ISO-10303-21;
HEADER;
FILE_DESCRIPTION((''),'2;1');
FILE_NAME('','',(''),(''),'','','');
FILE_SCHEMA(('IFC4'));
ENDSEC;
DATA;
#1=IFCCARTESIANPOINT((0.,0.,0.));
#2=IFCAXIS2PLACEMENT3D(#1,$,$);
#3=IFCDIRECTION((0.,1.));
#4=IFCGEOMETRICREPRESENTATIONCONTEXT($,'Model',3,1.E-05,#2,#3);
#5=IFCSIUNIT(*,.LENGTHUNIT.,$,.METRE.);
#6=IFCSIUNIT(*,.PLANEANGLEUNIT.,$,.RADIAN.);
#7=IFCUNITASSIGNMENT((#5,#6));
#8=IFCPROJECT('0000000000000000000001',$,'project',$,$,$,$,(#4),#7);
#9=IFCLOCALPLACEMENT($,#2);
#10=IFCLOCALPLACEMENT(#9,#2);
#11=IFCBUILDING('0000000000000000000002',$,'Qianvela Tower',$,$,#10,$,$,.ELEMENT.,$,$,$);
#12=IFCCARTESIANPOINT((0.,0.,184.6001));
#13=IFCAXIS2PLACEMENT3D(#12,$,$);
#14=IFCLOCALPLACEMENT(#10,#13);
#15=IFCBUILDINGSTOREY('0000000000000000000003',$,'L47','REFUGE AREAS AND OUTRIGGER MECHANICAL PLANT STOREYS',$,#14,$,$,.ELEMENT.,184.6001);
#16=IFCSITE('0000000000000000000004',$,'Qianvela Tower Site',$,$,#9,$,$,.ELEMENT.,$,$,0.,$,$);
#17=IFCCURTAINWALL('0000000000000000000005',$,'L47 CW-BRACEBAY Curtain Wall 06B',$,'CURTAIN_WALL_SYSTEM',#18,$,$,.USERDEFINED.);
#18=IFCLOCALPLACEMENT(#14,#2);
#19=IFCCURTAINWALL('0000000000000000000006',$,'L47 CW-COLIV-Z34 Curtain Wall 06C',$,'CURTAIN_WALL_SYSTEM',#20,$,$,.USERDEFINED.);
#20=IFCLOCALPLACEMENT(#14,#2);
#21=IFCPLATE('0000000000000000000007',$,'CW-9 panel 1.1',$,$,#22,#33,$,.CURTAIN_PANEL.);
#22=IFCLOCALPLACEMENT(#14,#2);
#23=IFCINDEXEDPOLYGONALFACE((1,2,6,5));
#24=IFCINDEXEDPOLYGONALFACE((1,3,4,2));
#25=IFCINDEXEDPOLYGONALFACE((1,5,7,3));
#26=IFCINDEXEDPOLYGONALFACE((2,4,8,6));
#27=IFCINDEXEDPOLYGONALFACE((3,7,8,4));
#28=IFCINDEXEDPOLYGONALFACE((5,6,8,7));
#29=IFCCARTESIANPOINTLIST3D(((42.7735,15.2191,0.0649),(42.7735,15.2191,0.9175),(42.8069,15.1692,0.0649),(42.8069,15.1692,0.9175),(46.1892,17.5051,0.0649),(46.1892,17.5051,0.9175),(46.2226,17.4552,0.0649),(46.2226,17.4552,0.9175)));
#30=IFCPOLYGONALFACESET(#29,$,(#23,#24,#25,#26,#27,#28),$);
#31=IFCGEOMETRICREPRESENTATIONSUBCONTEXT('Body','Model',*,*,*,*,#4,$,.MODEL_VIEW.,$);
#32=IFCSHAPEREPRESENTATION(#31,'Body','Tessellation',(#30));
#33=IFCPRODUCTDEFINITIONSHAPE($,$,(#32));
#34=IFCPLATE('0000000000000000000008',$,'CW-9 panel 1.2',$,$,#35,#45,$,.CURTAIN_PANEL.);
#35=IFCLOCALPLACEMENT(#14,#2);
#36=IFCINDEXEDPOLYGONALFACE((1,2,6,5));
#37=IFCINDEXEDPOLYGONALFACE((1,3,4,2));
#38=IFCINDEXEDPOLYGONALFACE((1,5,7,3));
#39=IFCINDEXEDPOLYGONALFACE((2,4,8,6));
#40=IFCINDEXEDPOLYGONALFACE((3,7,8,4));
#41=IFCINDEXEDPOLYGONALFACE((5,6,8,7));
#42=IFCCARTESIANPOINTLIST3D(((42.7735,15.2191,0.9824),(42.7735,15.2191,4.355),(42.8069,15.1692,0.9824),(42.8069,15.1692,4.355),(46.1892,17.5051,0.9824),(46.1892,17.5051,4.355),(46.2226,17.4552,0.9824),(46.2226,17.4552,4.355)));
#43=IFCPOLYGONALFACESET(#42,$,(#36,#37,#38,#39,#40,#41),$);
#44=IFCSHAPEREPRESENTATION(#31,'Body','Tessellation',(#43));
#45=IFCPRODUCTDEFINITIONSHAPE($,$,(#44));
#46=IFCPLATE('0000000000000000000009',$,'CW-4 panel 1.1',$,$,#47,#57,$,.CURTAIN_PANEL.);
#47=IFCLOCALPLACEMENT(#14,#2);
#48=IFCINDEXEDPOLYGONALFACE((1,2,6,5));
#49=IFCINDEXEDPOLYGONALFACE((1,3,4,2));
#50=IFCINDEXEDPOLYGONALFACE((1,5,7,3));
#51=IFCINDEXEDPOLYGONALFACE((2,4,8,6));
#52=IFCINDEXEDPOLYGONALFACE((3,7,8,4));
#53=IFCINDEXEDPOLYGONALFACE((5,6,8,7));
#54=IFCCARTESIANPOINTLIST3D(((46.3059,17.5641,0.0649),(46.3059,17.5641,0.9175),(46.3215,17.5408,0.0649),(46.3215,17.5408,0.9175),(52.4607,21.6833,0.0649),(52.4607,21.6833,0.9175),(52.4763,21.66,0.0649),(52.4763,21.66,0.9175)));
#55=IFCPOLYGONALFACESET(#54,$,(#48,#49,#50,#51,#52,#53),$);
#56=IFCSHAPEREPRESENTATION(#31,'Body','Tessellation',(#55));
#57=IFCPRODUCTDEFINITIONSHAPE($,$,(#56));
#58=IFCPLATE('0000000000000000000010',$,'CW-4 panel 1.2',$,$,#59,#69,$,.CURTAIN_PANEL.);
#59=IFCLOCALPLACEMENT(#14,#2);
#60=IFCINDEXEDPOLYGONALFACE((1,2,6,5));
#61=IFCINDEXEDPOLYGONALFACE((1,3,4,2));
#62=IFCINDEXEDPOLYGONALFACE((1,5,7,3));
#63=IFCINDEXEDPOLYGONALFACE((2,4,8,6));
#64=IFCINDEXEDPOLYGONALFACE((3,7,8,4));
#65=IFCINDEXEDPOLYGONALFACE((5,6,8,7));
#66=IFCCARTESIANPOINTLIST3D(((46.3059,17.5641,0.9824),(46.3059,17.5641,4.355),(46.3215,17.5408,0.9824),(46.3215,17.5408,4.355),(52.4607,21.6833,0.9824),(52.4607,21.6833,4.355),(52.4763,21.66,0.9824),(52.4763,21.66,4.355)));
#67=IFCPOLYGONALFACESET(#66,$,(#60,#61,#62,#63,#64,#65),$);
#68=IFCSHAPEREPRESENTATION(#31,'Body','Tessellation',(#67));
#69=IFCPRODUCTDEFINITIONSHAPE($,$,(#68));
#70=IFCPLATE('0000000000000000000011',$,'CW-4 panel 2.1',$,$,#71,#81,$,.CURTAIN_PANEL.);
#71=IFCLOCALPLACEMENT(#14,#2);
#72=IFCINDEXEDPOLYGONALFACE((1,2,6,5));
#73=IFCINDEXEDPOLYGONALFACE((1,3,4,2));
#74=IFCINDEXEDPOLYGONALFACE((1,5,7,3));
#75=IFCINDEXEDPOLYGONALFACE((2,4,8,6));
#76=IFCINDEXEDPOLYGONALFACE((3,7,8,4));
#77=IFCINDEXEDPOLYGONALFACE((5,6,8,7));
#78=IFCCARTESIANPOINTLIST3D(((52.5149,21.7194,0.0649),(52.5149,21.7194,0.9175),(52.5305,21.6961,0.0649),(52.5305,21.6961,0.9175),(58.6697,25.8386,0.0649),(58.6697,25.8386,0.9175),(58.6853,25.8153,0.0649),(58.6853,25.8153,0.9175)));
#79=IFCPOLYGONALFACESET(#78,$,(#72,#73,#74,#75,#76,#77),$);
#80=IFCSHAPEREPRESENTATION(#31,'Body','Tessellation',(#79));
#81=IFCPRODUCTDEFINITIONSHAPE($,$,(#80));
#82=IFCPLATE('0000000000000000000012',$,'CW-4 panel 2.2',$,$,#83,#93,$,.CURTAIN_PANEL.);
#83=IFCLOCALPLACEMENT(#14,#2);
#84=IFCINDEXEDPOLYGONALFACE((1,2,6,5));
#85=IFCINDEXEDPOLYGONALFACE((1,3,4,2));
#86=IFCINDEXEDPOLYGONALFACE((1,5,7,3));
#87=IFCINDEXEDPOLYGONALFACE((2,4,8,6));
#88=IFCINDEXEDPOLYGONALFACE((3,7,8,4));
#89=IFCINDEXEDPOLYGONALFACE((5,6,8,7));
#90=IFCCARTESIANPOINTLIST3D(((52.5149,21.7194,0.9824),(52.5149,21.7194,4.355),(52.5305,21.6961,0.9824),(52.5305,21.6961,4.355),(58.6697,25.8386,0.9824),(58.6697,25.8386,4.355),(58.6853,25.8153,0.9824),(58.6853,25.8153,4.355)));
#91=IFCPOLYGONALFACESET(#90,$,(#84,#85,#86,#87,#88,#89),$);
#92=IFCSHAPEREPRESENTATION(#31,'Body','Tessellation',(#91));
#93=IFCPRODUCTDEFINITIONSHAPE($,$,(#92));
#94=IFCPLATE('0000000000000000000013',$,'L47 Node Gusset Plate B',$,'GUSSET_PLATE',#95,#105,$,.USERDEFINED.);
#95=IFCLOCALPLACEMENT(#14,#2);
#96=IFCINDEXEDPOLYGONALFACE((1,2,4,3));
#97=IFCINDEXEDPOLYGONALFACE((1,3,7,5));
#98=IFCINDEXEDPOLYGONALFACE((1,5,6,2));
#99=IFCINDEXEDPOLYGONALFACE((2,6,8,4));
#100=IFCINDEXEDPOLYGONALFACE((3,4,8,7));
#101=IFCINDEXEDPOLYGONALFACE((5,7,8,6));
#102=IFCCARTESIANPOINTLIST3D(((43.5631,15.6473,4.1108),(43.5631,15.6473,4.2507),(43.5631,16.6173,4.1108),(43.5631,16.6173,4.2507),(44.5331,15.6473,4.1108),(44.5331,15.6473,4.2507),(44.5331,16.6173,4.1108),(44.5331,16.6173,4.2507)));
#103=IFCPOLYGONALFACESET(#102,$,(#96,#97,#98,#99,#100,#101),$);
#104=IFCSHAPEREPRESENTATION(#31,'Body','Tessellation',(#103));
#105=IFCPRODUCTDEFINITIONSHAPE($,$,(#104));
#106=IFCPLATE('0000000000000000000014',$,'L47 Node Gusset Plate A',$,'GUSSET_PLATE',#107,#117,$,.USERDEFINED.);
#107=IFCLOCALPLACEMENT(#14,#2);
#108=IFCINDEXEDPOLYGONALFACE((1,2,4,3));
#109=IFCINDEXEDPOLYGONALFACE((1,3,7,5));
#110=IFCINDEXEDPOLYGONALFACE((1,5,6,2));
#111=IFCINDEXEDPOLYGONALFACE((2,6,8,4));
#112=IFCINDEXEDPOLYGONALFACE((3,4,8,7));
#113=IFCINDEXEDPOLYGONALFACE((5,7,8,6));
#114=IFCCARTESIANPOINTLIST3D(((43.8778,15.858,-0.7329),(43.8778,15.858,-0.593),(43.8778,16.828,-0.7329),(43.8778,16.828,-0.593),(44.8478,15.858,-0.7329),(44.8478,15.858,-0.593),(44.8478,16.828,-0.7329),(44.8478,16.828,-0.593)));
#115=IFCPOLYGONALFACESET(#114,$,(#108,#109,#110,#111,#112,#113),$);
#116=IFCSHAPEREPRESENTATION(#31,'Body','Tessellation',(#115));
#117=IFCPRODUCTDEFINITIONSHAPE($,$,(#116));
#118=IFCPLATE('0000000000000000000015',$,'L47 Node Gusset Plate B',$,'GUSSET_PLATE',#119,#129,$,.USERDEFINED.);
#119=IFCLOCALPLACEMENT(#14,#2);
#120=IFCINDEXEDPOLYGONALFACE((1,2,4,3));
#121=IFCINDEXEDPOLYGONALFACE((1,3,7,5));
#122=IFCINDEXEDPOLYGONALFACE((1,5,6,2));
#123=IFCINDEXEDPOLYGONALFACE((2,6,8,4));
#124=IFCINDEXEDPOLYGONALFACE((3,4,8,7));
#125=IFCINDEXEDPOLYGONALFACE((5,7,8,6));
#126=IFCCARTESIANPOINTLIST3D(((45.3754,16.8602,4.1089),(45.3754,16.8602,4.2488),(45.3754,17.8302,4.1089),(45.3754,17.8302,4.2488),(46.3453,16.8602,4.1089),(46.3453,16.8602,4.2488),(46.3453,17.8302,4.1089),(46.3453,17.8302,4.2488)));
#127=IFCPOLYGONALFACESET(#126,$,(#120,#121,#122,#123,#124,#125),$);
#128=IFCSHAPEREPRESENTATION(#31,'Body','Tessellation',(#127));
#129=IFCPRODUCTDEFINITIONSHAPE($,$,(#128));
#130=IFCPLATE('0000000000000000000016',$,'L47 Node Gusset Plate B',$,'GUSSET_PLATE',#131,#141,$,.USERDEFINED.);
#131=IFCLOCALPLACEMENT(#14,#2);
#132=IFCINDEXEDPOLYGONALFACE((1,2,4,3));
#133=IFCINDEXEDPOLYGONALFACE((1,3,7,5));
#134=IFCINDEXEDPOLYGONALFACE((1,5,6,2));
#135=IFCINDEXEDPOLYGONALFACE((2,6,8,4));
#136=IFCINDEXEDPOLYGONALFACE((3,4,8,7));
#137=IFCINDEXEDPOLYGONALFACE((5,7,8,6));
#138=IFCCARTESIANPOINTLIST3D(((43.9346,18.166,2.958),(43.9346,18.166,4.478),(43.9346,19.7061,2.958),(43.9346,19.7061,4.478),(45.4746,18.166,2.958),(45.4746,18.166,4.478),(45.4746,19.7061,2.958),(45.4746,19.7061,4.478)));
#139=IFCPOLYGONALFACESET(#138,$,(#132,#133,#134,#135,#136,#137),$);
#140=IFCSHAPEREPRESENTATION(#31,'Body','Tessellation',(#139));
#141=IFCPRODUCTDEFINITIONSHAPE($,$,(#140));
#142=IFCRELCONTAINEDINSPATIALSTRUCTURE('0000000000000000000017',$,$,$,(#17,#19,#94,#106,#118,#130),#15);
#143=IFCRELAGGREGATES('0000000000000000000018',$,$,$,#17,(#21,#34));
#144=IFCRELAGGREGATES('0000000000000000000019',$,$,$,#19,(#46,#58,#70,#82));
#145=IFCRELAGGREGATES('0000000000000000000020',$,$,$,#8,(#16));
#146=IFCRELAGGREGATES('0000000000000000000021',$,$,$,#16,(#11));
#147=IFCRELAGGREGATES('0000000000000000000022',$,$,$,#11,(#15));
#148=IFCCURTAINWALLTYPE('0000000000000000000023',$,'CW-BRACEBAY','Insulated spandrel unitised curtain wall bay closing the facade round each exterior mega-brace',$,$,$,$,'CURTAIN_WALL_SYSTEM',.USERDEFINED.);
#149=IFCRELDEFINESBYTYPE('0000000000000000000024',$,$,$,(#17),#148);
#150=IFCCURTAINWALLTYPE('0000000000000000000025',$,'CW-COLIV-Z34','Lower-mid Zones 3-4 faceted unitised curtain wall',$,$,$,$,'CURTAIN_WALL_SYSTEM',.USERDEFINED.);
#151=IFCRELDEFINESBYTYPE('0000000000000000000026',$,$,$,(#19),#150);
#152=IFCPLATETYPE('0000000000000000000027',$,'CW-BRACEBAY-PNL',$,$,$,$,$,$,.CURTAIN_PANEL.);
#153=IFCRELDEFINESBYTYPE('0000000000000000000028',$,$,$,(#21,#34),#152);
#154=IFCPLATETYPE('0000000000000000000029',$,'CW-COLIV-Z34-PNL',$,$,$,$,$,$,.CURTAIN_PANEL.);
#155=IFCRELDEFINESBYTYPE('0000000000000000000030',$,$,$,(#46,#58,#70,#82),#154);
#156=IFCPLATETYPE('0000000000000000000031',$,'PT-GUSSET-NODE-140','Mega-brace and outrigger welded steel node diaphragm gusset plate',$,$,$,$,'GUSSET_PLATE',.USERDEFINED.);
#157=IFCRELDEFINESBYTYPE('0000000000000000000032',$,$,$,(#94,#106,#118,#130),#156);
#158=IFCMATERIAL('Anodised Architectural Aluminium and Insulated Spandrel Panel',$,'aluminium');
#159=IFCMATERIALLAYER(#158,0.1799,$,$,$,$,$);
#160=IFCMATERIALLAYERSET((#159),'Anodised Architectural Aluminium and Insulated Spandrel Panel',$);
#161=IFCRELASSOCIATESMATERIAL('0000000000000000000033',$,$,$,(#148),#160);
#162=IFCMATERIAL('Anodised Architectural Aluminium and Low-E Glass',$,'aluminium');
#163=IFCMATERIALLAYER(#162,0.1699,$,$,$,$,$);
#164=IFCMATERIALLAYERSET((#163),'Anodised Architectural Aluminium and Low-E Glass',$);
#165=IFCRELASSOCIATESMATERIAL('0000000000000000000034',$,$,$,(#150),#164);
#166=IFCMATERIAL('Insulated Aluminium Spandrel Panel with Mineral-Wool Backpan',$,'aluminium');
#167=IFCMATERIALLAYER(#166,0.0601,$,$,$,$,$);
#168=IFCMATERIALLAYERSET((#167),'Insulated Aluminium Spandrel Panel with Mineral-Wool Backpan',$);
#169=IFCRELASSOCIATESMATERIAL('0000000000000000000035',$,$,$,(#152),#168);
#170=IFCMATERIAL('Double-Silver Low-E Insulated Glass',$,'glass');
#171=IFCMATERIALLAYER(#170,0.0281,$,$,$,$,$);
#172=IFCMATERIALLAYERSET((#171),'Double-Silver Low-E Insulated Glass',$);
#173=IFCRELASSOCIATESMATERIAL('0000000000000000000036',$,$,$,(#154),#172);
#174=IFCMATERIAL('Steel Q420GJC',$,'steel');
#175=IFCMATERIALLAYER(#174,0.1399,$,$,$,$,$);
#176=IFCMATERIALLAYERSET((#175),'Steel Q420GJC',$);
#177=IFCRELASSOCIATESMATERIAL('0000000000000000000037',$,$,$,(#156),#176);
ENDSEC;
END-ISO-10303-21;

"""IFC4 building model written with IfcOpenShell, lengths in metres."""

from ifc_helpers import new_model, si_unit, direction, frame, origin, origin_2d, place, context, subcontext, project, spatial, rectangle, extrude, material, layer, layer_set, type_object, element, aggregate, save


model = new_model("IFC4")

# Units and contexts
model_context = context("Model", 3, precision=1e-05, world=origin(), true_north=direction((0.0, 1.0)))
body_context = subcontext(model_context, "Body", "Model", "MODEL_VIEW")
ifc_project = project(units=[si_unit("LENGTHUNIT", "METRE"), si_unit("PLANEANGLEUNIT", "RADIAN")], contexts=[model_context])

# Site, building, storey
site_placement = place(None, origin())
site = spatial("IfcSite", under=ifc_project, at=site_placement, Name="Qianvela Tower Site", CompositionType="ELEMENT", RefElevation=0.0)
building_placement = place(site_placement, origin())
building = spatial("IfcBuilding", under=site, at=building_placement, Name="Qianvela Tower", CompositionType="ELEMENT")
storey_placement = place(building_placement, frame((0.0, 0.0, 184.6001)))
storey = spatial("IfcBuildingStorey", under=building, at=storey_placement, Name="L47", Description="REFUGE AREAS AND OUTRIGGER MECHANICAL PLANT STOREYS", CompositionType="ELEMENT", Elevation=184.6001)

# Curtain wall
ifc_material_1 = material(Name="Anodised Architectural Aluminium and Insulated Spandrel Panel", Category="aluminium")
ifc_layer_1 = layer(ifc_material_1, 0.1799)
ifc_layer_set_1 = layer_set([ifc_layer_1], Name="Anodised Architectural Aluminium and Insulated Spandrel Panel")
curtain_wall_type_1 = type_object("IfcCurtainWallType", Name="CW-BRACEBAY", Description="Insulated spandrel unitised curtain wall bay closing the facade round each exterior mega-brace", ElementType="CURTAIN_WALL_SYSTEM", PredefinedType="USERDEFINED", material=ifc_layer_set_1)
curtain_wall_1_placement = place(storey_placement, origin())
curtain_wall_1 = element("IfcCurtainWall", 1, at=curtain_wall_1_placement, inside=storey, type_object=curtain_wall_type_1, Name="L47 CW-BRACEBAY Curtain Wall 06B", ObjectType="CURTAIN_WALL_SYSTEM", PredefinedType="USERDEFINED")

# Curtain wall
ifc_material_2 = material(Name="Anodised Architectural Aluminium and Low-E Glass", Category="aluminium")
ifc_layer_2 = layer(ifc_material_2, 0.1699)
ifc_layer_set_2 = layer_set([ifc_layer_2], Name="Anodised Architectural Aluminium and Low-E Glass")
curtain_wall_type_2 = type_object("IfcCurtainWallType", Name="CW-COLIV-Z34", Description="Lower-mid Zones 3-4 faceted unitised curtain wall", ElementType="CURTAIN_WALL_SYSTEM", PredefinedType="USERDEFINED", material=ifc_layer_set_2)
curtain_wall_2_placement = place(storey_placement, origin())
curtain_wall_2 = element("IfcCurtainWall", 2, at=curtain_wall_2_placement, inside=storey, type_object=curtain_wall_type_2, Name="L47 CW-COLIV-Z34 Curtain Wall 06C", ObjectType="CURTAIN_WALL_SYSTEM", PredefinedType="USERDEFINED")

# Plates
ifc_material_3 = material(Name="Insulated Aluminium Spandrel Panel with Mineral-Wool Backpan", Category="aluminium")
ifc_layer_3 = layer(ifc_material_3, 0.0601)
ifc_layer_set_3 = layer_set([ifc_layer_3], Name="Insulated Aluminium Spandrel Panel with Mineral-Wool Backpan")
plate_type_1 = type_object("IfcPlateType", Name="CW-BRACEBAY-PNL", PredefinedType="CURTAIN_PANEL", material=ifc_layer_set_3)
plate_1_placement = place(storey_placement, frame((44.498, 16.3372, 0.0649), z_axis=(0.0, 0.0, 1.0), x_axis=(0.831051, 0.556196, 0.0)))
plate_1 = element("IfcPlate", 3, at=plate_1_placement, type_object=plate_type_1, Name="CW-9 panel 1.1", PredefinedType="CURTAIN_PANEL", context=body_context, shape_type="SweptSolid", body=[
    extrude(rectangle(XDim=4.1101, YDim=0.0601, at=origin_2d()), origin(), (0.0, 0.0, 1.0), 0.8525),
])
plate_2_placement = place(storey_placement, frame((44.498, 16.3372, 0.9824), z_axis=(0.0, 0.0, 1.0), x_axis=(0.831051, 0.556196, 0.0)))
plate_2 = element("IfcPlate", 4, at=plate_2_placement, type_object=plate_type_1, Name="CW-9 panel 1.2", PredefinedType="CURTAIN_PANEL", context=body_context, shape_type="SweptSolid", body=[
    extrude(rectangle(XDim=4.1101, YDim=0.0601, at=origin_2d()), origin(), (0.0, 0.0, 1.0), 3.3726),
])
aggregate(curtain_wall_1, [plate_1, plate_2])
ifc_material_4 = material(Name="Double-Silver Low-E Insulated Glass", Category="glass")
ifc_layer_4 = layer(ifc_material_4, 0.0281)
ifc_layer_set_4 = layer_set([ifc_layer_4], Name="Double-Silver Low-E Insulated Glass")
plate_type_2 = type_object("IfcPlateType", Name="CW-COLIV-Z34-PNL", PredefinedType="CURTAIN_PANEL", material=ifc_layer_set_4)
plate_3_placement = place(storey_placement, frame((49.3911, 19.6121, 0.0649), z_axis=(0.0, 0.0, 1.0), x_axis=(0.831052, 0.556194, 0.0)))
plate_3 = element("IfcPlate", 5, at=plate_3_placement, type_object=plate_type_2, Name="CW-4 panel 1.1", PredefinedType="CURTAIN_PANEL", context=body_context, shape_type="SweptSolid", body=[
    extrude(rectangle(XDim=7.406, YDim=0.0281, at=origin_2d()), origin(), (0.0, 0.0, 1.0), 0.8525),
])
plate_4_placement = place(storey_placement, frame((49.3911, 19.6121, 0.9824), z_axis=(0.0, 0.0, 1.0), x_axis=(0.831052, 0.556194, 0.0)))
plate_4 = element("IfcPlate", 6, at=plate_4_placement, type_object=plate_type_2, Name="CW-4 panel 1.2", PredefinedType="CURTAIN_PANEL", context=body_context, shape_type="SweptSolid", body=[
    extrude(rectangle(XDim=7.406, YDim=0.0281, at=origin_2d()), origin(), (0.0, 0.0, 1.0), 3.3726),
])
plate_5_placement = place(storey_placement, frame((55.6001, 23.7673, 0.0649), z_axis=(0.0, 0.0, 1.0), x_axis=(0.831052, 0.556194, 0.0)))
plate_5 = element("IfcPlate", 7, at=plate_5_placement, type_object=plate_type_2, Name="CW-4 panel 2.1", PredefinedType="CURTAIN_PANEL", context=body_context, shape_type="SweptSolid", body=[
    extrude(rectangle(XDim=7.406, YDim=0.0281, at=origin_2d()), origin(), (0.0, 0.0, 1.0), 0.8525),
])
plate_6_placement = place(storey_placement, frame((55.6001, 23.7673, 0.9824), z_axis=(0.0, 0.0, 1.0), x_axis=(0.831052, 0.556194, 0.0)))
plate_6 = element("IfcPlate", 8, at=plate_6_placement, type_object=plate_type_2, Name="CW-4 panel 2.2", PredefinedType="CURTAIN_PANEL", context=body_context, shape_type="SweptSolid", body=[
    extrude(rectangle(XDim=7.406, YDim=0.0281, at=origin_2d()), origin(), (0.0, 0.0, 1.0), 3.3726),
])
aggregate(curtain_wall_2, [plate_3, plate_4, plate_5, plate_6])

# Plates
ifc_material_5 = material(Name="Steel Q420GJC", Category="steel")
ifc_layer_5 = layer(ifc_material_5, 0.1399)
ifc_layer_set_5 = layer_set([ifc_layer_5], Name="Steel Q420GJC")
plate_type_3 = type_object("IfcPlateType", Name="PT-GUSSET-NODE-140", Description="Mega-brace and outrigger welded steel node diaphragm gusset plate", ElementType="GUSSET_PLATE", PredefinedType="USERDEFINED", material=ifc_layer_set_5)
for number, where, z_axis, x_axis, name in (
    (9, (44.0481, 16.1323, 4.1108), (0.0, 0.0, 1.0), (1.0, 0.0, 0.0), "L47 Node Gusset Plate B"),
    (10, (44.3628, 16.343, -0.7329), (0.0, 0.0, 1.0), (1.0, 0.0, 0.0), "L47 Node Gusset Plate A"),
    (11, (45.8604, 17.3452, 4.1089), (0.0, 0.0, 1.0), (1.0, 0.0, 0.0), "L47 Node Gusset Plate B"),
):
    element("IfcPlate", number, at=place(storey_placement, frame(where, z_axis=z_axis, x_axis=x_axis)), inside=storey, type_object=plate_type_3, Name=name, ObjectType="GUSSET_PLATE", PredefinedType="USERDEFINED", context=body_context, shape_type="SweptSolid", body=[
        extrude(rectangle(XDim=0.97, YDim=0.97, at=origin_2d()), origin(), (0.0, 0.0, 1.0), 0.1399),
    ])
plate_7_placement = place(storey_placement, frame((44.7046, 18.936, 2.958), z_axis=(0.0, 0.0, 1.0), x_axis=(1.0, 0.0, 0.0)))
element("IfcPlate", 12, at=plate_7_placement, inside=storey, type_object=plate_type_3, Name="L47 Node Gusset Plate B", ObjectType="GUSSET_PLATE", PredefinedType="USERDEFINED", context=body_context, shape_type="SweptSolid", body=[
    extrude(rectangle(XDim=1.54, YDim=1.54, at=origin_2d()), origin(), (0.0, 0.0, 1.0), 1.52),
])

save(model, "model.ifc")
